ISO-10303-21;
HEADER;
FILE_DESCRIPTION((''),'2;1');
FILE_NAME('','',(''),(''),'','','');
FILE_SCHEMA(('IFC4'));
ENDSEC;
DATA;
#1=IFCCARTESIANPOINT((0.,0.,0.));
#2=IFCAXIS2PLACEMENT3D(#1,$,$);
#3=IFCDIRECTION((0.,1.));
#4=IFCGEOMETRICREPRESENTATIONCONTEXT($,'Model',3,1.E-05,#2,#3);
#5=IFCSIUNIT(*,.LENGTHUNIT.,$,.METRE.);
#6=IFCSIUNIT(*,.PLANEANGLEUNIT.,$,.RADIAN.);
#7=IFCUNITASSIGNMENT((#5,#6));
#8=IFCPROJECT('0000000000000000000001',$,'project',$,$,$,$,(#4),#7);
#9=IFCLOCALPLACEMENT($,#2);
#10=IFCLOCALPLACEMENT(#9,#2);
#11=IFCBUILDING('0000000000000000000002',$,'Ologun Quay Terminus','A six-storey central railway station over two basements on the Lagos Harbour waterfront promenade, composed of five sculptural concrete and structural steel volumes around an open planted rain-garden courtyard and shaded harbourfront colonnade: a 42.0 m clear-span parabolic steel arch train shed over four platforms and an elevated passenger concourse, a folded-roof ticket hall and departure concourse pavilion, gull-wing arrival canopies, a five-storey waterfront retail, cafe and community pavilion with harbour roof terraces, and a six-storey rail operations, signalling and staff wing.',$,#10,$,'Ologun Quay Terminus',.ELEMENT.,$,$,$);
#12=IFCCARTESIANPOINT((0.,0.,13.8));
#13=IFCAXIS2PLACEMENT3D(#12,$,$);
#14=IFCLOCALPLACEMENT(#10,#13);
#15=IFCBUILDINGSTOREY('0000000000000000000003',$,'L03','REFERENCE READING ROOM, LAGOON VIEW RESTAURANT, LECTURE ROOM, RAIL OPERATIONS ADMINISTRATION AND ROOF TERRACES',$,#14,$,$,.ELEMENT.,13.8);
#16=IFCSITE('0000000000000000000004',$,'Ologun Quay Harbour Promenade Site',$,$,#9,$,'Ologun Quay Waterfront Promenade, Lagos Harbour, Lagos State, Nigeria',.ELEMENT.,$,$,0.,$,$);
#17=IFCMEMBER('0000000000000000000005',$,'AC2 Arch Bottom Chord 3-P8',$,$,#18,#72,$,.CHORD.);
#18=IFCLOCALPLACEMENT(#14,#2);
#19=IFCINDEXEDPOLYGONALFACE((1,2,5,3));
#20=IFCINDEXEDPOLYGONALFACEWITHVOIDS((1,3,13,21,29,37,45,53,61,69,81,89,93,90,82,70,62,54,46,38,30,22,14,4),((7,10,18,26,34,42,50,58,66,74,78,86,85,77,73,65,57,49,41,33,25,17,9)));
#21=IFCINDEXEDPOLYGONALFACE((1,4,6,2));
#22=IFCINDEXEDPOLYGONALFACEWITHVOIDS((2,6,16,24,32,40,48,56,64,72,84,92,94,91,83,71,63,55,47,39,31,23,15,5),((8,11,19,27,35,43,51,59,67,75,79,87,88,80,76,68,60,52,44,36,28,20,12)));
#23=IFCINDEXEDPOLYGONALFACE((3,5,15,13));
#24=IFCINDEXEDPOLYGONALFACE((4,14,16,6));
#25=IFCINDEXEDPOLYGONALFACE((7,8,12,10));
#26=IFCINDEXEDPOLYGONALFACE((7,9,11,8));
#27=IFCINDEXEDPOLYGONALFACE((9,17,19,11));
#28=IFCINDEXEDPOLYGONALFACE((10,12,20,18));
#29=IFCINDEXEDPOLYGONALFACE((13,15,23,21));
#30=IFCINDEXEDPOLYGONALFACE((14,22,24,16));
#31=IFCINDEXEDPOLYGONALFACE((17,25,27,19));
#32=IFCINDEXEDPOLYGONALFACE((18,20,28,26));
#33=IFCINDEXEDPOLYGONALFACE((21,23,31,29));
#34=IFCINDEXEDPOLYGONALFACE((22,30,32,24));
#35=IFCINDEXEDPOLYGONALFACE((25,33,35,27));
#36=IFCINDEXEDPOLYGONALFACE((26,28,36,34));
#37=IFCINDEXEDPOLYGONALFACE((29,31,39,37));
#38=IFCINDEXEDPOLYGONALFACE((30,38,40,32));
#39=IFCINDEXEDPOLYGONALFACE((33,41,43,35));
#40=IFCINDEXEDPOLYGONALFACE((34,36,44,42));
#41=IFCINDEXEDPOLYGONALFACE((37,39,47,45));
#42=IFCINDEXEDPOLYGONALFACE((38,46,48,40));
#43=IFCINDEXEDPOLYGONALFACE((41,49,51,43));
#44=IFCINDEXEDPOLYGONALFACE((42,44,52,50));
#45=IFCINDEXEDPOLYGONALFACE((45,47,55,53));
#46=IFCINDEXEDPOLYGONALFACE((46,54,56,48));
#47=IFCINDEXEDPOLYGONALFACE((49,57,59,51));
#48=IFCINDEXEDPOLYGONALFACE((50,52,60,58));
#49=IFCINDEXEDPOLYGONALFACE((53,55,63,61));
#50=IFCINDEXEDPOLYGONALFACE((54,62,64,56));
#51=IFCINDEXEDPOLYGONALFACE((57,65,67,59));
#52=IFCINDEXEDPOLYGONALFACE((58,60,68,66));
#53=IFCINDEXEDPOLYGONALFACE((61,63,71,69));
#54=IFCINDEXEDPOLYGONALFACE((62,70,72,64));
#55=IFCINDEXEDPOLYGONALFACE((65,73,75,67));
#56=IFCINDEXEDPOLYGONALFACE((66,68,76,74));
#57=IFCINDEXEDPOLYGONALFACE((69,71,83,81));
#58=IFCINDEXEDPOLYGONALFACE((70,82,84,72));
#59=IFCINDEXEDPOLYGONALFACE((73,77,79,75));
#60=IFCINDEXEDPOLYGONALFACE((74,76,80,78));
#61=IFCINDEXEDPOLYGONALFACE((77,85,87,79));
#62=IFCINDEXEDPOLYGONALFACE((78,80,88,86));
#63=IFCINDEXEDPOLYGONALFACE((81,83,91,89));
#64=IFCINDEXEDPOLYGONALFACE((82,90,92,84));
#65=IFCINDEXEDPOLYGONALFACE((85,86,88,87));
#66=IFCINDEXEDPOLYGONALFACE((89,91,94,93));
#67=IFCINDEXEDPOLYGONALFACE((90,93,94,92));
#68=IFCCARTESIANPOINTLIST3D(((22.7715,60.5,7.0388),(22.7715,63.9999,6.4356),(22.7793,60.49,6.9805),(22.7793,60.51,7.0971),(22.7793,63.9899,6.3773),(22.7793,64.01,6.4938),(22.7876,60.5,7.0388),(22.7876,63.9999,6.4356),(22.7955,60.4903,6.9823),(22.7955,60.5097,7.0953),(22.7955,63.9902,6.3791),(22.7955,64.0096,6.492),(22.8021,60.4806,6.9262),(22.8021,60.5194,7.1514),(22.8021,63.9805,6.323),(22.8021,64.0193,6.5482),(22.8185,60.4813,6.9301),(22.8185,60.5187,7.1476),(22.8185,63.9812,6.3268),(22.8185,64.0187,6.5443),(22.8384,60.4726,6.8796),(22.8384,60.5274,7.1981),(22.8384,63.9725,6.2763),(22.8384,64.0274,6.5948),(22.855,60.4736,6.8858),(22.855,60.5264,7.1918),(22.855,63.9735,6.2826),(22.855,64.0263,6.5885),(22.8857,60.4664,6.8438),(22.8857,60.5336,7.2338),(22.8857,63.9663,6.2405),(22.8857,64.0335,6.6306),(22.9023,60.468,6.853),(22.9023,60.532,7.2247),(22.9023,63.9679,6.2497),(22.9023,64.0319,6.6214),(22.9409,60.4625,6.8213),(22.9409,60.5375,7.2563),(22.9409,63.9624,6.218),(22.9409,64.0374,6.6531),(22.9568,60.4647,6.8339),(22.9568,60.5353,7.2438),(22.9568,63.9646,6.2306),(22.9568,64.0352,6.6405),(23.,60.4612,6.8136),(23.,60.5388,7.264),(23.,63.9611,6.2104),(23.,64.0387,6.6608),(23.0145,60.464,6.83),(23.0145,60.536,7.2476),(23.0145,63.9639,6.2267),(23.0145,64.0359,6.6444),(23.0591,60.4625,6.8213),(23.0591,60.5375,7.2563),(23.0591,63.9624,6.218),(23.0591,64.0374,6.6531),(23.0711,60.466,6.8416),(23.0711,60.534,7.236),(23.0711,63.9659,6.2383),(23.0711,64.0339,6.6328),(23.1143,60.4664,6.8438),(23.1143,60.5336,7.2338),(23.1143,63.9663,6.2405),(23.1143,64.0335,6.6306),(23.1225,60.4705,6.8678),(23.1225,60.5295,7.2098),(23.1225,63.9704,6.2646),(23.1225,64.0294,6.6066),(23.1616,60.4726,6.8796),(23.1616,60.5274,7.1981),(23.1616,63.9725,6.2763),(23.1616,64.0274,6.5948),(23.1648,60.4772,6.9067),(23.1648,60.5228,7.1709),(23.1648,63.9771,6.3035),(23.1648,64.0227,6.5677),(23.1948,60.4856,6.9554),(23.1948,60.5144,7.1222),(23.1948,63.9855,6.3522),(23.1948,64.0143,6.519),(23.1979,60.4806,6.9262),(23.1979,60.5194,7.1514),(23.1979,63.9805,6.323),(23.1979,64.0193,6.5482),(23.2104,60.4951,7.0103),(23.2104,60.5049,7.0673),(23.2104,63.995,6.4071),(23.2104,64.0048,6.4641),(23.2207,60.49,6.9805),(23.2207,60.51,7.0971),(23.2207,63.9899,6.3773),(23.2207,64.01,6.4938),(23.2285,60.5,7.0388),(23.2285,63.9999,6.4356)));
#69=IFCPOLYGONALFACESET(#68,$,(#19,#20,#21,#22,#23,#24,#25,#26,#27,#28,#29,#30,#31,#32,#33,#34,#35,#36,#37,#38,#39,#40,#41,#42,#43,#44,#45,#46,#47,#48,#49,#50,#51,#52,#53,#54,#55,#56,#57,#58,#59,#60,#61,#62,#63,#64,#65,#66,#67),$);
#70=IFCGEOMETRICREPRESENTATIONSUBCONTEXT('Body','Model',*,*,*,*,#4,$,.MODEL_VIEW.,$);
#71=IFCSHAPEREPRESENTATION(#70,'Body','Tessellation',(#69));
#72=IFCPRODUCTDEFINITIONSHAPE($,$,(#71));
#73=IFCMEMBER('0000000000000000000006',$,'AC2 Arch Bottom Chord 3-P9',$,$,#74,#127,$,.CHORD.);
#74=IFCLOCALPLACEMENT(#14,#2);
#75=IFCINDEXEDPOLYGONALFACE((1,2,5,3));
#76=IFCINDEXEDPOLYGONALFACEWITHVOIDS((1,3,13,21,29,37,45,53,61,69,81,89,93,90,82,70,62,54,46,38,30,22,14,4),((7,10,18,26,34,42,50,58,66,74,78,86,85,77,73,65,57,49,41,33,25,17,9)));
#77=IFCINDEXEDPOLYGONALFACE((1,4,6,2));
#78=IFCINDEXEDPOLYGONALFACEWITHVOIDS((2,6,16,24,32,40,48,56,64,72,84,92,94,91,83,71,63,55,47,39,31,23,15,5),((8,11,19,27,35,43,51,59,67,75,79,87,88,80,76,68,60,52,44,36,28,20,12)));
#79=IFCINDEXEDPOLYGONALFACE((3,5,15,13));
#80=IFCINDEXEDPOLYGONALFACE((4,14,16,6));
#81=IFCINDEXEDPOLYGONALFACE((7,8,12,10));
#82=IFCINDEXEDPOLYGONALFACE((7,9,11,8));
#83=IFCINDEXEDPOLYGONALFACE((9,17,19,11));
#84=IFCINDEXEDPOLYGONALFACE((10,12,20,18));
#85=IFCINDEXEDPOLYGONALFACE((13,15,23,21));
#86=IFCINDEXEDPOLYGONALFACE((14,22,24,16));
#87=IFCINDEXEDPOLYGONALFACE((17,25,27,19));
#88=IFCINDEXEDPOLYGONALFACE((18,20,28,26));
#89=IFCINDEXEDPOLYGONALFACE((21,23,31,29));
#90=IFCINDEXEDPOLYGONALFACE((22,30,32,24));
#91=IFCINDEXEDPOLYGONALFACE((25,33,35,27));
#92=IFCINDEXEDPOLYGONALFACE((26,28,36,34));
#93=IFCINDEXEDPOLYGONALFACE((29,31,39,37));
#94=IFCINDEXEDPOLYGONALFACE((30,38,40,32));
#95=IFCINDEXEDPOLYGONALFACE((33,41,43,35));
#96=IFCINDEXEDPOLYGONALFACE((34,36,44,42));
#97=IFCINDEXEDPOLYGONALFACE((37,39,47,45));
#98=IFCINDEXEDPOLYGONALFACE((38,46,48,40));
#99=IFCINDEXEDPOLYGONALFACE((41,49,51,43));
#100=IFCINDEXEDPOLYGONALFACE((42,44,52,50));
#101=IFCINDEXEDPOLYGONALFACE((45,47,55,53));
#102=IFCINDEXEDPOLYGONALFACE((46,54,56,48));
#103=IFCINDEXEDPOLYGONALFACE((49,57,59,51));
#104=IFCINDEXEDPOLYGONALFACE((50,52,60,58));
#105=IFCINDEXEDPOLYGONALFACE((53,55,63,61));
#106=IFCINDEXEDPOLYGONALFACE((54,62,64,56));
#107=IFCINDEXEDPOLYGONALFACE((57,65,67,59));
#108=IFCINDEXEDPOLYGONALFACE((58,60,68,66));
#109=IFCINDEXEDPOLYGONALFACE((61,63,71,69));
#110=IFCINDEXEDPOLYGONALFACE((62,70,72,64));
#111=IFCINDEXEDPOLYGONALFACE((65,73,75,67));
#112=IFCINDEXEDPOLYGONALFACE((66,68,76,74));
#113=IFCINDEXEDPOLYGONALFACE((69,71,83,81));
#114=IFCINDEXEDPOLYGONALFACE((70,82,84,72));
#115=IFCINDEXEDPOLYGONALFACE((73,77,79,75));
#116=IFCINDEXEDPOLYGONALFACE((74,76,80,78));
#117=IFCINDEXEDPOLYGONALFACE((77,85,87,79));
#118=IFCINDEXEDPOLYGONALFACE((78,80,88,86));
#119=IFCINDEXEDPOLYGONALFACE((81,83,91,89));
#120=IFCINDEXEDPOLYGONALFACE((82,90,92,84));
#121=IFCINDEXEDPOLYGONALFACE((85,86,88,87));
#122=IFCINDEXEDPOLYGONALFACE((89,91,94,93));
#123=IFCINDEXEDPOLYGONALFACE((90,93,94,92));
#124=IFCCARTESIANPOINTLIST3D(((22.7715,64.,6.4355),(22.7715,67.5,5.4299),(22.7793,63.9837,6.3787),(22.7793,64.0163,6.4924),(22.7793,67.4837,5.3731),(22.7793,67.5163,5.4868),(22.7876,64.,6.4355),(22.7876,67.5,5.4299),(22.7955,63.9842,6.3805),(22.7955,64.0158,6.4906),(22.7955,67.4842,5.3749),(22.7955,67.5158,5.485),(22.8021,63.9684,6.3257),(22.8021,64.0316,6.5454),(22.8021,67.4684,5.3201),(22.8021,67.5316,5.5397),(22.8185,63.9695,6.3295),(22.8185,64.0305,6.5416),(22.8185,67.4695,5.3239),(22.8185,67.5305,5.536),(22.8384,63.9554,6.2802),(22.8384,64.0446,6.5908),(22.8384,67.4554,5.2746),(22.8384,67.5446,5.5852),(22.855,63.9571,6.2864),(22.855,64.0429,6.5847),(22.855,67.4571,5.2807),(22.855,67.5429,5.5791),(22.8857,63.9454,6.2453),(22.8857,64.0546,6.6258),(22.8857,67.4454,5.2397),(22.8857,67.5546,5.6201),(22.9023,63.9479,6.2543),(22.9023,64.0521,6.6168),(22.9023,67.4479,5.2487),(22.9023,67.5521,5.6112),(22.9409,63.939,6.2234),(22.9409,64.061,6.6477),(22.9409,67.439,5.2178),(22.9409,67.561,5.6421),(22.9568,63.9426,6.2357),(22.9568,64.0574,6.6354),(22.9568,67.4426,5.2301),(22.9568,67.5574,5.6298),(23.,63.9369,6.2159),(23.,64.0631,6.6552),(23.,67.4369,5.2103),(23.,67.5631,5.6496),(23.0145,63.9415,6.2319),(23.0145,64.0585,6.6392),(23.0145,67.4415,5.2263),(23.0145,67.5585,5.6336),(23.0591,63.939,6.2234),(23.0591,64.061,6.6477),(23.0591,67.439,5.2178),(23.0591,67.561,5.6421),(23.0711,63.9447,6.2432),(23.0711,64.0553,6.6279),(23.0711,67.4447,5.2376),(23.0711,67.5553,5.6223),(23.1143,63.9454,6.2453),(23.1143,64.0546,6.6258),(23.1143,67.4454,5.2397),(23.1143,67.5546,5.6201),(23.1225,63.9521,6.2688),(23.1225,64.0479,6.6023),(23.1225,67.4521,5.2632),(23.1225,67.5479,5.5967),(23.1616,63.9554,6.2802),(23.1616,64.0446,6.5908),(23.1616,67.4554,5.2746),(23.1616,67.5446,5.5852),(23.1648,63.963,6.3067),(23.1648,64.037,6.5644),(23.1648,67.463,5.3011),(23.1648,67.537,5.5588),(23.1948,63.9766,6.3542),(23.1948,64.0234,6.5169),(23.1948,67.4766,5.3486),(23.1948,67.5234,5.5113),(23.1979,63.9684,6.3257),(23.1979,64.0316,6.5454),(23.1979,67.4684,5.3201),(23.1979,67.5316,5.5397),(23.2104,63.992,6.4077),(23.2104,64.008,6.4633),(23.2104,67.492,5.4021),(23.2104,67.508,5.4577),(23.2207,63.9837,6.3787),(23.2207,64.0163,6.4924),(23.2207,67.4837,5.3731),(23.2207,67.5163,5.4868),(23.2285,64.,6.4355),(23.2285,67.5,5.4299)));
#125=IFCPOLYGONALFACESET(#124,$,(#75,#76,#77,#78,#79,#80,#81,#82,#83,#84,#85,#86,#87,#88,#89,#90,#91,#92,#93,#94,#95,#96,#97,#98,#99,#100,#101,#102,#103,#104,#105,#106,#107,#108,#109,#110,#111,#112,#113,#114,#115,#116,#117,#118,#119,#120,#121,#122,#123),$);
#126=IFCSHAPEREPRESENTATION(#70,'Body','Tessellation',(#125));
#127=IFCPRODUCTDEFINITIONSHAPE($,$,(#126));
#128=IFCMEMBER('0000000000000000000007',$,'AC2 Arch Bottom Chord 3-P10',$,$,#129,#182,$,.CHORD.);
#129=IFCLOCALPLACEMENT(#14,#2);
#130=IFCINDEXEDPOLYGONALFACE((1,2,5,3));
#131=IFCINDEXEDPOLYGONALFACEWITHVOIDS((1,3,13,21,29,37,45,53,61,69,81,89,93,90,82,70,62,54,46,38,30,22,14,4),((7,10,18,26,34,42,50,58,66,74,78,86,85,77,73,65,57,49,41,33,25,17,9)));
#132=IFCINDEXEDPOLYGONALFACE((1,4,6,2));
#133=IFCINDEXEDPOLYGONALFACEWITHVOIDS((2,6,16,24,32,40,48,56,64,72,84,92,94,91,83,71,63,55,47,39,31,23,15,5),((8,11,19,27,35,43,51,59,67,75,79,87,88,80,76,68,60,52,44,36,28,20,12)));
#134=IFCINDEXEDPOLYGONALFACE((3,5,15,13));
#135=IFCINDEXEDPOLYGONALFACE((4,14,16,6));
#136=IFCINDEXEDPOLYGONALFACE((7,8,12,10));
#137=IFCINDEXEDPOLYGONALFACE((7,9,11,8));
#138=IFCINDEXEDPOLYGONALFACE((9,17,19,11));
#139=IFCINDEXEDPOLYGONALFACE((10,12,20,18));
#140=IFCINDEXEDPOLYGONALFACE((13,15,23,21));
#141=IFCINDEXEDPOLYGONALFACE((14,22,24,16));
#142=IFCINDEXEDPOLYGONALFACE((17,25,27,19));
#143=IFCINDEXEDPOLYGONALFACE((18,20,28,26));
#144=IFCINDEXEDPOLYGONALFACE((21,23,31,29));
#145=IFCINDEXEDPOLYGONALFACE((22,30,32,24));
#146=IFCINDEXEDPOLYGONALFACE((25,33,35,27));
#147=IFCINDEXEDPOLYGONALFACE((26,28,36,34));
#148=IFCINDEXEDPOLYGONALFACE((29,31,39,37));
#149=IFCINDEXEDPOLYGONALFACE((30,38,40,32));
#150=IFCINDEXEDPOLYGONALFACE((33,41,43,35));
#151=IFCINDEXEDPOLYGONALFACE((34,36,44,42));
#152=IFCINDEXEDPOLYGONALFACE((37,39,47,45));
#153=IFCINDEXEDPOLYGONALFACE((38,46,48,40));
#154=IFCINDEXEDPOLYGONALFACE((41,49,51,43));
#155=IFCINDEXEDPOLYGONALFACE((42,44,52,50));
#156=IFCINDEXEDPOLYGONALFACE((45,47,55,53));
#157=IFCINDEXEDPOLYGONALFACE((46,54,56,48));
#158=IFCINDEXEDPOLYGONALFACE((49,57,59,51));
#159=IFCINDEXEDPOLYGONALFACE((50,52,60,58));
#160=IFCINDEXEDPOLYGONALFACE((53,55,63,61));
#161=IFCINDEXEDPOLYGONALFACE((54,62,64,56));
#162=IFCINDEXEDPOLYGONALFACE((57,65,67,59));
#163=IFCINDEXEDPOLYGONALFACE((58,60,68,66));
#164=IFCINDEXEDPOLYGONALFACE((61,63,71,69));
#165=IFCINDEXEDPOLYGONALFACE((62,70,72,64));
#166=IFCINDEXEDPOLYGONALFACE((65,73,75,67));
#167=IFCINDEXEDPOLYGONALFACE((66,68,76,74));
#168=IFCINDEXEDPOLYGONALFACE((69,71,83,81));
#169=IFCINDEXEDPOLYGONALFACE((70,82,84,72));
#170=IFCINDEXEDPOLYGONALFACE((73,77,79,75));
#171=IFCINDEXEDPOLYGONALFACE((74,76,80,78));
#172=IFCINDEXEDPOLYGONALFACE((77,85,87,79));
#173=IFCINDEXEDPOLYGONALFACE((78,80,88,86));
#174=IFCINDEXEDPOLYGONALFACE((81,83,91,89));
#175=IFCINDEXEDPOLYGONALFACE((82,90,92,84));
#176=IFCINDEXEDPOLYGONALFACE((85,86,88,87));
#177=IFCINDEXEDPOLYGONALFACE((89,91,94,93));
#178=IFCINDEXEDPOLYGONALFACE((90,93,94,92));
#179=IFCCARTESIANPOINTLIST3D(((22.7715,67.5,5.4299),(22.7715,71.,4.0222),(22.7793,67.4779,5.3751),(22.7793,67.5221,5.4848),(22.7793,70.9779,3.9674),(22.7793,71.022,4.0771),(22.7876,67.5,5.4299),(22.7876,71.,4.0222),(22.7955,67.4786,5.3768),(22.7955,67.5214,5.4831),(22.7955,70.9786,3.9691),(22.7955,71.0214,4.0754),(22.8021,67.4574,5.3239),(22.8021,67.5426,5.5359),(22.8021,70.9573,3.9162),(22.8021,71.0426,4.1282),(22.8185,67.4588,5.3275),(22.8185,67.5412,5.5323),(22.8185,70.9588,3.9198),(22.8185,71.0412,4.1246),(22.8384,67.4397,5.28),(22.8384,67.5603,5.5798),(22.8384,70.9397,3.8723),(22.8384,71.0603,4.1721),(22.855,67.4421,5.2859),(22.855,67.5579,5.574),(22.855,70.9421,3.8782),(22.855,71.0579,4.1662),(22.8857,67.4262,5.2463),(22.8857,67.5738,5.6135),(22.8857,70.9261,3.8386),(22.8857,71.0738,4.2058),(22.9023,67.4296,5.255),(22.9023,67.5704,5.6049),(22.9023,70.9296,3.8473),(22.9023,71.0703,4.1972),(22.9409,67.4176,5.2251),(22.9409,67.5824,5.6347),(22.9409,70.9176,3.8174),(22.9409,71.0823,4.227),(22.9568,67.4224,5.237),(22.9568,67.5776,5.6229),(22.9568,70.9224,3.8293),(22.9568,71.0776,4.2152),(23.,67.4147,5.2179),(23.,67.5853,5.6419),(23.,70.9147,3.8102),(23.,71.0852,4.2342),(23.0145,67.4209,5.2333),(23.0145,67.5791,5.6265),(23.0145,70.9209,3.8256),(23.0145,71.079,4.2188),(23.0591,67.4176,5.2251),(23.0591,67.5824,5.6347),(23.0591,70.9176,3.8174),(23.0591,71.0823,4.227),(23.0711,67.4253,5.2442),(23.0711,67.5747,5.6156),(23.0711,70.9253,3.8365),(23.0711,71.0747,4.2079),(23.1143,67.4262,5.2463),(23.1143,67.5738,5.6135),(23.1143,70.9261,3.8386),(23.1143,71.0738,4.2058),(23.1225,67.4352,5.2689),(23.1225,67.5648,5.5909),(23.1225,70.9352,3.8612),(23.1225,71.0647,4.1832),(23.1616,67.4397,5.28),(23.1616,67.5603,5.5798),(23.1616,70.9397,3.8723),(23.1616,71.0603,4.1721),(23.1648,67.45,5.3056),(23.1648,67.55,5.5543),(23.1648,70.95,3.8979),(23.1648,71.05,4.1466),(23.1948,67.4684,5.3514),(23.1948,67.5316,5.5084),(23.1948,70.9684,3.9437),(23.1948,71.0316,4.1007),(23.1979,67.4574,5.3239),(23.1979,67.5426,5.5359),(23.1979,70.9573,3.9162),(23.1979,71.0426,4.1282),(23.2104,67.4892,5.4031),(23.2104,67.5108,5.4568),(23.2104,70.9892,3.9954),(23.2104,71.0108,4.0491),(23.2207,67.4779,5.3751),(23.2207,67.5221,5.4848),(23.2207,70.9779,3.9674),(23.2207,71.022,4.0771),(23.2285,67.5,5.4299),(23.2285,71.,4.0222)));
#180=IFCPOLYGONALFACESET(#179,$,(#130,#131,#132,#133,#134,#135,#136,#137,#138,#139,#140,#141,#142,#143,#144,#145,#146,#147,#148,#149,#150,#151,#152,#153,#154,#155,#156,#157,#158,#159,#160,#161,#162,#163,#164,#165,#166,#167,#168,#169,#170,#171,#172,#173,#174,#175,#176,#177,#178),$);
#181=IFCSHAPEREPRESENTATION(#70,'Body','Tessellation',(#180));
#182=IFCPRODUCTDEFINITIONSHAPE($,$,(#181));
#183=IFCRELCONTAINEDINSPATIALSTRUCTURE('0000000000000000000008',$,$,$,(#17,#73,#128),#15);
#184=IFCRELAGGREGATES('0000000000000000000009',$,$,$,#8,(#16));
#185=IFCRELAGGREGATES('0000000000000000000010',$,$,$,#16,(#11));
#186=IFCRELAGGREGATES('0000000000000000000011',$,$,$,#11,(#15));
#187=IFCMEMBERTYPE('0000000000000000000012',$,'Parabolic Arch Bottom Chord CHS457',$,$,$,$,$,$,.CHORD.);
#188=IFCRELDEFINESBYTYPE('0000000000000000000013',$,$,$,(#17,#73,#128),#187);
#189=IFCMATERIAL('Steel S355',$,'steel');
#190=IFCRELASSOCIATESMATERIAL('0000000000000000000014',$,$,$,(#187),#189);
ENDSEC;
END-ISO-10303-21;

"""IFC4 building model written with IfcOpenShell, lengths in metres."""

from ifc_helpers import new_model, si_unit, direction, frame, origin, origin_2d, place, context, subcontext, project, spatial, hollow_circle, extrude, material, material_profile, profile_set, type_object, element, save


model = new_model("IFC4")

# Units and contexts
model_context = context("Model", 3, precision=1e-05, world=origin(), true_north=direction((0.0, 1.0)))
body_context = subcontext(model_context, "Body", "Model", "MODEL_VIEW")
ifc_project = project(units=[si_unit("LENGTHUNIT", "METRE"), si_unit("PLANEANGLEUNIT", "RADIAN")], contexts=[model_context])

# Site, building, storey
site_placement = place(None, origin())
site = spatial("IfcSite", under=ifc_project, at=site_placement, Name="Ologun Quay Harbour Promenade Site", LongName="Ologun Quay Waterfront Promenade, Lagos Harbour, Lagos State, Nigeria", CompositionType="ELEMENT", RefElevation=0.0)
building_placement = place(site_placement, origin())
building = spatial("IfcBuilding", under=site, at=building_placement, Name="Ologun Quay Terminus", Description="A six-storey central railway station over two basements on the Lagos Harbour waterfront promenade, composed of five sculptural concrete and structural steel volumes around an open planted rain-garden courtyard and shaded harbourfront colonnade: a 42.0 m clear-span parabolic steel arch train shed over four platforms and an elevated passenger concourse, a folded-roof ticket hall and departure concourse pavilion, gull-wing arrival canopies, a five-storey waterfront retail, cafe and community pavilion with harbour roof terraces, and a six-storey rail operations, signalling and staff wing.", LongName="Ologun Quay Terminus", CompositionType="ELEMENT")
storey_placement = place(building_placement, frame((0.0, 0.0, 13.8)))
storey = spatial("IfcBuildingStorey", under=building, at=storey_placement, Name="L03", Description="REFERENCE READING ROOM, LAGOON VIEW RESTAURANT, LECTURE ROOM, RAIL OPERATIONS ADMINISTRATION AND ROOF TERRACES", CompositionType="ELEMENT", Elevation=13.8)

# Members
ifc_material_1 = material(Name="Steel S355", Category="steel")
ifc_material_profile_1 = material_profile(ifc_material_1, hollow_circle(Radius=0.2285, WallThickness=0.0161, at=origin_2d()), Name="CHS 457x16")
ifc_profile_set_1 = profile_set([ifc_material_profile_1], Name="Steel S355")
member_type_1 = type_object("IfcMemberType", Name="Parabolic Arch Bottom Chord CHS457", PredefinedType="CHORD", material=ifc_profile_set_1)
member_1_placement = place(storey_placement, frame((23.0, 60.5, 7.0388), z_axis=(0.0, 0.985468, -0.169859), x_axis=(-1.0, 0.0, 0.0)))
element("IfcMember", 1, at=member_1_placement, inside=storey, type_object=member_type_1, Name="AC2 Arch Bottom Chord 3-P8", PredefinedType="CHORD", context=body_context, shape_type="SweptSolid", body=[
    extrude(hollow_circle(Radius=0.2285, WallThickness=0.0161, at=origin_2d()), origin(), (0.0, 0.0, 1.0), 3.5515),
])
member_2_placement = place(storey_placement, frame((23.0, 64.0, 6.4355), z_axis=(0.0, 0.961116, -0.276146), x_axis=(-1.0, 0.0, 0.0)))
element("IfcMember", 2, at=member_2_placement, inside=storey, type_object=member_type_1, Name="AC2 Arch Bottom Chord 3-P9", PredefinedType="CHORD", context=body_context, shape_type="SweptSolid", body=[
    extrude(hollow_circle(Radius=0.2285, WallThickness=0.0161, at=origin_2d()), origin(), (0.0, 0.0, 1.0), 3.6416),
])
member_3_placement = place(storey_placement, frame((23.0, 67.5, 5.4299), z_axis=(0.0, 0.92777, -0.373153), x_axis=(-1.0, 0.0, 0.0)))
element("IfcMember", 3, at=member_3_placement, inside=storey, type_object=member_type_1, Name="AC2 Arch Bottom Chord 3-P10", PredefinedType="CHORD", context=body_context, shape_type="SweptSolid", body=[
    extrude(hollow_circle(Radius=0.2285, WallThickness=0.0161, at=origin_2d()), origin(), (0.0, 0.0, 1.0), 3.7725),
])

save(model, "model.ifc")
